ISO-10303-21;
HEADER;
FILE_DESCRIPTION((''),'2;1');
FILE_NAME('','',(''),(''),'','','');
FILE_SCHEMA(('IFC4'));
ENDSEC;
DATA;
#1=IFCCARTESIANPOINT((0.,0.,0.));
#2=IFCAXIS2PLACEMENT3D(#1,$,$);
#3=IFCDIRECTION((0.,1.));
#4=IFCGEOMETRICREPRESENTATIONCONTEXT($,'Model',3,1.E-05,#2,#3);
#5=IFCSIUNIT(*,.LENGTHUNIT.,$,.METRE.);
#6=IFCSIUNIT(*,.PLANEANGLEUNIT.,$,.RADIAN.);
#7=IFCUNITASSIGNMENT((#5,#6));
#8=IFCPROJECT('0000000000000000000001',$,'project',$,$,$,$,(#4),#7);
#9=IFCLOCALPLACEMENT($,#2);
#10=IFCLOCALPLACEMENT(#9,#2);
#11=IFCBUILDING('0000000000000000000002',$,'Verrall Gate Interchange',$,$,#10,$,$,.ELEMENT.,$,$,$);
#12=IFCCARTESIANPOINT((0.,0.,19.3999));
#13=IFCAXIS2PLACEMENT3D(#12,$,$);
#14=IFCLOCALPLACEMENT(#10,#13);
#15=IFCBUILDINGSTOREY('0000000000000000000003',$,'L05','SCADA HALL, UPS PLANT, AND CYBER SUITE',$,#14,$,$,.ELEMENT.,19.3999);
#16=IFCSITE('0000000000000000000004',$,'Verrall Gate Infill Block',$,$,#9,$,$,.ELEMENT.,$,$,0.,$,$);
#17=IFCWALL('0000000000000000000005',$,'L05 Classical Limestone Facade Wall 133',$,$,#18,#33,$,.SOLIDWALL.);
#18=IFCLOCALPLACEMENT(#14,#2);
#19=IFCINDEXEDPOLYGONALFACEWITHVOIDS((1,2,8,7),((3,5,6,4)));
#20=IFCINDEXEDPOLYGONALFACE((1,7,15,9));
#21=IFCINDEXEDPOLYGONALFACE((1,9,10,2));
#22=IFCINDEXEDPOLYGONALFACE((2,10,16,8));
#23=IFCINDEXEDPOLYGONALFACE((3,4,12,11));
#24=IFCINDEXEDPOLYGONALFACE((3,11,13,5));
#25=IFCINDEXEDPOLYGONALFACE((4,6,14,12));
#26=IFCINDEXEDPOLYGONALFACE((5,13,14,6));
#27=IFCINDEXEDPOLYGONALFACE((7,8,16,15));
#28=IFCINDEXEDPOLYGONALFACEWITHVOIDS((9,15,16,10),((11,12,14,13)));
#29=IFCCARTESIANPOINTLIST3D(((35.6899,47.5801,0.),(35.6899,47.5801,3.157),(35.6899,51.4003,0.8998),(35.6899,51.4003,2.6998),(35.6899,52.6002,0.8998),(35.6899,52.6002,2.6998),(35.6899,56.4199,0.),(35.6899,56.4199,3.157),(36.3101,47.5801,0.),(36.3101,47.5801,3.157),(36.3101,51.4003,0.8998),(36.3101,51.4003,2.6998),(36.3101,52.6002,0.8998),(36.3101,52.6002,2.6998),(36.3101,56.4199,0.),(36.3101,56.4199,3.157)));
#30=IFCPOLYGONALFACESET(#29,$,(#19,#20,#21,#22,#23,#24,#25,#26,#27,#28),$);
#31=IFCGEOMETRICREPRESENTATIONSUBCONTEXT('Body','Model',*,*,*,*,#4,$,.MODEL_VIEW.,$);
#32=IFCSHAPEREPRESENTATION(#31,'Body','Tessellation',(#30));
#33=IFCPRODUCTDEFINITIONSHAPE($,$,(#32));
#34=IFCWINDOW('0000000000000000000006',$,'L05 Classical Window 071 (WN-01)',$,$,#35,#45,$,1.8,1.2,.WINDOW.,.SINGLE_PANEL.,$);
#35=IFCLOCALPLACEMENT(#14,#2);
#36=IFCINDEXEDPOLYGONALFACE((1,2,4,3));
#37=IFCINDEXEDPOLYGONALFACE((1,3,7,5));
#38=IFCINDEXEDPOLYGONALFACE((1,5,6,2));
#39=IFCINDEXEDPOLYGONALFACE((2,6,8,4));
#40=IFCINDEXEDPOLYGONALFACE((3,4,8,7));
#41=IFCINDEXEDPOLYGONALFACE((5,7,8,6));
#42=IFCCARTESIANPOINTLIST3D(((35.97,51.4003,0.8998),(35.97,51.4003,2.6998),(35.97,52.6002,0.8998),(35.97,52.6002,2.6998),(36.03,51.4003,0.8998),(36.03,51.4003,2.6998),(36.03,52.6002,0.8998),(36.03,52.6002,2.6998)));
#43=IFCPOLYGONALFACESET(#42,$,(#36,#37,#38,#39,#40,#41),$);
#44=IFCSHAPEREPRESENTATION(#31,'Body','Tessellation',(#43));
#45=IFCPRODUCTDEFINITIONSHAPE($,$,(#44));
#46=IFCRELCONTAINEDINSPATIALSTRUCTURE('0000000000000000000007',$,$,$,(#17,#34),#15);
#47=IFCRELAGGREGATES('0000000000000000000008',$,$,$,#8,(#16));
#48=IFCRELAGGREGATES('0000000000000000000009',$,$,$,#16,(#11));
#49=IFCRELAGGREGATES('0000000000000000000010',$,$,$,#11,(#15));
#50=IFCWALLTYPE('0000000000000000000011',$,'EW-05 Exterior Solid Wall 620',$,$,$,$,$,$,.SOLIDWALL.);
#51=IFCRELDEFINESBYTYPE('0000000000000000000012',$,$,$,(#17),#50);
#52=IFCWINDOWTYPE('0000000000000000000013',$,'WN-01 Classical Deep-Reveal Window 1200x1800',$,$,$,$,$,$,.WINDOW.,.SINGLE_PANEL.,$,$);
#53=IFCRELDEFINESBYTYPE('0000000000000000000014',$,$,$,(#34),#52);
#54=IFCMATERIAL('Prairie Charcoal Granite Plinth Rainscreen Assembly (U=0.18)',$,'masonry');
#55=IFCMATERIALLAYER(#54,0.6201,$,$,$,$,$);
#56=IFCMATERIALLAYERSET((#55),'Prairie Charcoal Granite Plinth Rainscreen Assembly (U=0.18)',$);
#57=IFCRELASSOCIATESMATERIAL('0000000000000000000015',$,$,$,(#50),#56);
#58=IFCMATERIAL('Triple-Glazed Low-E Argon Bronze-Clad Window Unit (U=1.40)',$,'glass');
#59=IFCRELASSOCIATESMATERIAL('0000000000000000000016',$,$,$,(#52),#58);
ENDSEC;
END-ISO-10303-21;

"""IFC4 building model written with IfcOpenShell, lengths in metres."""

from ifc_helpers import new_model, si_unit, direction, frame, frame_2d, origin, place, context, subcontext, project, spatial, rectangle, extrude, material, layer, layer_set, type_object, element, fill, save


model = new_model("IFC4")

# Units and contexts
model_context = context("Model", 3, precision=1e-05, world=origin(), true_north=direction((0.0, 1.0)))
body_context = subcontext(model_context, "Body", "Model", "MODEL_VIEW")
ifc_project = project(units=[si_unit("LENGTHUNIT", "METRE"), si_unit("PLANEANGLEUNIT", "RADIAN")], contexts=[model_context])

# Site, building, storey
site_placement = place(None, origin())
site = spatial("IfcSite", under=ifc_project, at=site_placement, Name="Verrall Gate Infill Block", CompositionType="ELEMENT", RefElevation=0.0)
building_placement = place(site_placement, origin())
building = spatial("IfcBuilding", under=site, at=building_placement, Name="Verrall Gate Interchange", CompositionType="ELEMENT")
storey_placement = place(building_placement, frame((0.0, 0.0, 19.3999)))
storey = spatial("IfcBuildingStorey", under=building, at=storey_placement, Name="L05", Description="SCADA HALL, UPS PLANT, AND CYBER SUITE", CompositionType="ELEMENT", Elevation=19.3999)

# Wall, opening, window
ifc_material_1 = material(Name="Prairie Charcoal Granite Plinth Rainscreen Assembly (U=0.18)", Category="masonry")
ifc_layer_1 = layer(ifc_material_1, 0.6201)
ifc_layer_set_1 = layer_set([ifc_layer_1], Name="Prairie Charcoal Granite Plinth Rainscreen Assembly (U=0.18)")
wall_type_1 = type_object("IfcWallType", Name="EW-05 Exterior Solid Wall 620", PredefinedType="SOLIDWALL", material=ifc_layer_set_1)
wall_1_placement = place(storey_placement, frame((36.0, 47.5801, 0.0), z_axis=(0.0, 0.0, 1.0), x_axis=(0.0, 1.0, 0.0)))
wall_1 = element("IfcWall", 1, at=wall_1_placement, inside=storey, type_object=wall_type_1, Name="L05 Classical Limestone Facade Wall 133", PredefinedType="SOLIDWALL", context=body_context, shape_type="SweptSolid", body=[
    extrude(rectangle(XDim=8.8398, YDim=0.6201, at=frame_2d((4.4199, 0.0))), origin(), (0.0, 0.0, 1.0), 3.157),
])
opening_1_placement = place(wall_1_placement, frame((3.8201, 0.0, 0.8999)))
opening_1 = element("IfcOpeningElement", 2, at=opening_1_placement, cuts=wall_1, PredefinedType="OPENING", context=body_context, shape_type="SweptSolid", body=[
    extrude(rectangle(XDim=1.2, YDim=1.8, at=frame_2d((0.6001, 0.8999))), frame((0.0, 0.325, 0.0), z_axis=(0.0, -1.0, 0.0), x_axis=(1.0, 0.0, 0.0)), (0.0, 0.0, 1.0), 0.6499),
])
ifc_material_2 = material(Name="Triple-Glazed Low-E Argon Bronze-Clad Window Unit (U=1.40)", Category="glass")
window_type_1 = type_object("IfcWindowType", Name="WN-01 Classical Deep-Reveal Window 1200x1800", PartitioningType="SINGLE_PANEL", PredefinedType="WINDOW", material=ifc_material_2)
window_1_placement = place(opening_1_placement, origin())
window_1 = element("IfcWindow", 3, at=window_1_placement, inside=storey, type_object=window_type_1, Name="L05 Classical Window 071 (WN-01)", OverallHeight=1.8, OverallWidth=1.2, PartitioningType="SINGLE_PANEL", PredefinedType="WINDOW", context=body_context, shape_type="SweptSolid", body=[
    extrude(rectangle(XDim=1.2, YDim=1.8, at=frame_2d((0.6001, 0.8999))), frame((0.0, 0.03, 0.0), z_axis=(0.0, -1.0, 0.0), x_axis=(1.0, 0.0, 0.0)), (0.0, 0.0, 1.0), 0.0601),
])
fill(opening_1, window_1)

save(model, "model.ifc")
